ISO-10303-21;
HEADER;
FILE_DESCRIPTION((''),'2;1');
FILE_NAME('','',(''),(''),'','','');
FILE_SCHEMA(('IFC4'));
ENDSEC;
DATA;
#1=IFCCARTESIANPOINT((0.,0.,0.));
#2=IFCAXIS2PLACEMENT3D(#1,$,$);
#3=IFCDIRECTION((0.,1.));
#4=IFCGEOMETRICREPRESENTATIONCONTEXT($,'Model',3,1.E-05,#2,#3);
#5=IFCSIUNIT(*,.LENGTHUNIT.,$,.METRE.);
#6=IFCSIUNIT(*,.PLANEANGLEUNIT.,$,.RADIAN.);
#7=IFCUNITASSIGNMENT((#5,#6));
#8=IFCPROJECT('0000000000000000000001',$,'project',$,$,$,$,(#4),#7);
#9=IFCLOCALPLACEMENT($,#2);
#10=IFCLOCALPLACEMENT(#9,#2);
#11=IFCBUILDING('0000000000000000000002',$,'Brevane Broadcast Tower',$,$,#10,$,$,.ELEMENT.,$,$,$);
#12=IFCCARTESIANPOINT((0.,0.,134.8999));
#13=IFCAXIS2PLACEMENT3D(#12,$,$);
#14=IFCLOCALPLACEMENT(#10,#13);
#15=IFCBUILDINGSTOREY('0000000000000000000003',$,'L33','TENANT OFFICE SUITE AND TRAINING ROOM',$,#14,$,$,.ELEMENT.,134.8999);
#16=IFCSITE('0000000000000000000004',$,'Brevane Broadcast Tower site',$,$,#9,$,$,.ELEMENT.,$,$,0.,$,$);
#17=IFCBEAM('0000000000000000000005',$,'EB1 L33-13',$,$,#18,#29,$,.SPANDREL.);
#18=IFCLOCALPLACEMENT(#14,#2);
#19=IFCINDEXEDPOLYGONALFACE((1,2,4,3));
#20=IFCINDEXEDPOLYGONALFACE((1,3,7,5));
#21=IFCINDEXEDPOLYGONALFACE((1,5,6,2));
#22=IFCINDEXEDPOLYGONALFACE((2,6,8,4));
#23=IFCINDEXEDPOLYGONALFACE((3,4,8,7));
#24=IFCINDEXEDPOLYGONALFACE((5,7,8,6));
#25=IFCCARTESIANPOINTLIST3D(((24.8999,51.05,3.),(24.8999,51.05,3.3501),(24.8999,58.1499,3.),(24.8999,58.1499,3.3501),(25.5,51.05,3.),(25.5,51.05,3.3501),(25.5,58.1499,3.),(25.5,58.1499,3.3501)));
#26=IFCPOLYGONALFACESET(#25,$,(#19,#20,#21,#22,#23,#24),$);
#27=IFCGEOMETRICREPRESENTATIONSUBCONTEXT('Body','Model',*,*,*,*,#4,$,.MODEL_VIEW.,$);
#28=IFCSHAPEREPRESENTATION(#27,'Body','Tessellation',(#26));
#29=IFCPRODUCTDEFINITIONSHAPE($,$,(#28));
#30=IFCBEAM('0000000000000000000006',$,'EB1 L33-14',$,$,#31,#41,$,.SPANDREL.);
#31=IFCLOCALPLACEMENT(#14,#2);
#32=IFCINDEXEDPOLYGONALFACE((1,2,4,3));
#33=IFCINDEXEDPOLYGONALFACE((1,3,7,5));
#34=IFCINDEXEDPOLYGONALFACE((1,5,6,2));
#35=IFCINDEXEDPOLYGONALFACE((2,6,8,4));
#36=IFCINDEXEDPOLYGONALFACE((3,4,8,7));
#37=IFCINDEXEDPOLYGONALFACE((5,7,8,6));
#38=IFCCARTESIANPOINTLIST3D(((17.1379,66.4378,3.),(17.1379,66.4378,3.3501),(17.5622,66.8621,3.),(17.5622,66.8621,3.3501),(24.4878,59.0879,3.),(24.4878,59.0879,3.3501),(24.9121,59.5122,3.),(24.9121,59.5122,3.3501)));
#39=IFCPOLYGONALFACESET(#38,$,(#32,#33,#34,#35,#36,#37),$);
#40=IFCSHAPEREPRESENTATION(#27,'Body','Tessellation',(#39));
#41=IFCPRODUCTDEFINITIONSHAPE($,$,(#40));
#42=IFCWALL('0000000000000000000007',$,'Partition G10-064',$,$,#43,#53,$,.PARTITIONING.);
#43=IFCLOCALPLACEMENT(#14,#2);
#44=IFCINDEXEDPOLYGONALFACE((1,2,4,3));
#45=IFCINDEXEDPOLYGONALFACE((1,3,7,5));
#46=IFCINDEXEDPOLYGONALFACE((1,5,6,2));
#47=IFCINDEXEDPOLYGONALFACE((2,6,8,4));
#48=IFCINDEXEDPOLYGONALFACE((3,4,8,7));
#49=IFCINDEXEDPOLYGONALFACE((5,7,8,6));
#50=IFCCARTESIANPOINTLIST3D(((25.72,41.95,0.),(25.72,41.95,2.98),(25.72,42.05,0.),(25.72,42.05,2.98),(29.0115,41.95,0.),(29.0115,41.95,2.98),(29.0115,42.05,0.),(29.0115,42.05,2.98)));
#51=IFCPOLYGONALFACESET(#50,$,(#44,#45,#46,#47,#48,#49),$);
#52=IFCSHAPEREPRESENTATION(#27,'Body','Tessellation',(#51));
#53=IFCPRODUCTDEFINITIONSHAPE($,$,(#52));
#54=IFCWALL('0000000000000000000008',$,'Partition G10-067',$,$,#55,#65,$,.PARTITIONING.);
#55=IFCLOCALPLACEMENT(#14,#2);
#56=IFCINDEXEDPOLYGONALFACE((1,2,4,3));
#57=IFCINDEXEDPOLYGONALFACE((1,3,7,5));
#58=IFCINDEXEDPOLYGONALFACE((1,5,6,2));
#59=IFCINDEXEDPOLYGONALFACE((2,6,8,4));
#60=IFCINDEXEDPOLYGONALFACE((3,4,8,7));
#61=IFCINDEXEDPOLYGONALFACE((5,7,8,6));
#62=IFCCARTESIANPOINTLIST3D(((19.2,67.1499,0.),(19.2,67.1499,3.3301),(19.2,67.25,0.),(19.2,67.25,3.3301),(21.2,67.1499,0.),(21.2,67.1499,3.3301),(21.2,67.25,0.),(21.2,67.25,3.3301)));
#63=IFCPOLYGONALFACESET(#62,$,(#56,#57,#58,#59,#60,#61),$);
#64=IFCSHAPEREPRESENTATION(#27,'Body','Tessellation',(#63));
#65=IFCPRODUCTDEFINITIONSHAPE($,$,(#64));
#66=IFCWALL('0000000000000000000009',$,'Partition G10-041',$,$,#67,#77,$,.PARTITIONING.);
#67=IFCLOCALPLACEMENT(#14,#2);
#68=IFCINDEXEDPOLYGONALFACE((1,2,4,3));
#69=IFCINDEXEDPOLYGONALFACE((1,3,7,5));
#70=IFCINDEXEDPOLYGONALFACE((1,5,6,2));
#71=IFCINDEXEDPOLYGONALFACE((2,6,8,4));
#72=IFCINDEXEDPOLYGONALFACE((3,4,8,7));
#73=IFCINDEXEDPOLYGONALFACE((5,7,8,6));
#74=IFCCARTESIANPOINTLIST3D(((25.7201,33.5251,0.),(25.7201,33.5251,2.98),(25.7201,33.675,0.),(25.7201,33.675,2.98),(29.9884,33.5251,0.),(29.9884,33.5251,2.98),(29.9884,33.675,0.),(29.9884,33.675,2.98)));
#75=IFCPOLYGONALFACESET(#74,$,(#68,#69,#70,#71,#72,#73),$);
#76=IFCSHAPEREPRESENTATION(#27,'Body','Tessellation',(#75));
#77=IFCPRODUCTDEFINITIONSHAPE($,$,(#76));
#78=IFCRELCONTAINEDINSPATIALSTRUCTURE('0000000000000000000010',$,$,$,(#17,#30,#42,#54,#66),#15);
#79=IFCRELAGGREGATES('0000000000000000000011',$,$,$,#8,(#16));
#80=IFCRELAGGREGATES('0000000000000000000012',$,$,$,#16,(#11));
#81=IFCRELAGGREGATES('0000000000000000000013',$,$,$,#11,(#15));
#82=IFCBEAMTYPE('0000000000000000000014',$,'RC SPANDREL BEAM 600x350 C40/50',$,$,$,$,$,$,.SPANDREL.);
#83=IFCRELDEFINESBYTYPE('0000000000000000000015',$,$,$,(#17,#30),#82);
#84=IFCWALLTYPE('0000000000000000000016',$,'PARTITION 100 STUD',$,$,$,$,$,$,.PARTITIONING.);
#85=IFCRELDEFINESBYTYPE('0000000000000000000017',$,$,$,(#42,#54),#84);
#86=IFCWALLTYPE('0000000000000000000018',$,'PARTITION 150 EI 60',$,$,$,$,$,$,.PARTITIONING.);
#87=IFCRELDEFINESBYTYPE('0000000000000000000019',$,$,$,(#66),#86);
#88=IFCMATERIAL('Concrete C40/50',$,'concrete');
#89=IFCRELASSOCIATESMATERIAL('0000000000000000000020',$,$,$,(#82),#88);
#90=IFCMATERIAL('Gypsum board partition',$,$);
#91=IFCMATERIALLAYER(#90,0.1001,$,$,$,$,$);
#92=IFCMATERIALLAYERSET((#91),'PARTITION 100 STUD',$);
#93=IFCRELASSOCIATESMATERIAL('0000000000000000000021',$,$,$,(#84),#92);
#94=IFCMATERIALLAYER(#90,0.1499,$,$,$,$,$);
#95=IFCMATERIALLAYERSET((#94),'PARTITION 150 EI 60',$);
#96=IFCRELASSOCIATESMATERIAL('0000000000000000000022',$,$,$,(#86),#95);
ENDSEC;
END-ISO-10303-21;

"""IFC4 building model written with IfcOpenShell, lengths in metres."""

from ifc_helpers import new_model, si_unit, direction, frame, frame_2d, origin, origin_2d, place, context, subcontext, project, spatial, rectangle, extrude, material, layer, layer_set, material_profile, profile_set, type_object, element, save


model = new_model("IFC4")

# Units and contexts
model_context = context("Model", 3, precision=1e-05, world=origin(), true_north=direction((0.0, 1.0)))
body_context = subcontext(model_context, "Body", "Model", "MODEL_VIEW")
ifc_project = project(units=[si_unit("LENGTHUNIT", "METRE"), si_unit("PLANEANGLEUNIT", "RADIAN")], contexts=[model_context])

# Site, building, storey
site_placement = place(None, origin())
site = spatial("IfcSite", under=ifc_project, at=site_placement, Name="Brevane Broadcast Tower site", CompositionType="ELEMENT", RefElevation=0.0)
building_placement = place(site_placement, origin())
building = spatial("IfcBuilding", under=site, at=building_placement, Name="Brevane Broadcast Tower", CompositionType="ELEMENT")
storey_placement = place(building_placement, frame((0.0, 0.0, 134.8999)))
storey = spatial("IfcBuildingStorey", under=building, at=storey_placement, Name="L33", Description="TENANT OFFICE SUITE AND TRAINING ROOM", CompositionType="ELEMENT", Elevation=134.8999)

# Beams
ifc_material_1 = material(Name="Concrete C40/50", Category="concrete")
ifc_material_profile_1 = material_profile(ifc_material_1, rectangle(XDim=0.6001, YDim=0.3501, at=origin_2d()), Name="RC 600x350")
ifc_profile_set_1 = profile_set([ifc_material_profile_1], Name="Concrete C40/50")
beam_type_1 = type_object("IfcBeamType", Name="RC SPANDREL BEAM 600x350 C40/50", PredefinedType="SPANDREL", material=ifc_profile_set_1)
beam_1_placement = place(storey_placement, frame((25.2, 51.05, 3.175), z_axis=(0.0, 1.0, 0.0), x_axis=(-1.0, 0.0, 0.0)))
element("IfcBeam", 1, at=beam_1_placement, inside=storey, type_object=beam_type_1, Name="EB1 L33-13", PredefinedType="SPANDREL", context=body_context, shape_type="SweptSolid", body=[
    extrude(rectangle(XDim=0.6001, YDim=0.3501, at=origin_2d()), origin(), (0.0, 0.0, 1.0), 7.0999),
])
beam_2_placement = place(storey_placement, frame((24.7, 59.3, 3.175), z_axis=(-0.707107, 0.707107, 0.0), x_axis=(-0.707107, -0.707107, 0.0)))
element("IfcBeam", 2, at=beam_2_placement, inside=storey, type_object=beam_type_1, Name="EB1 L33-14", PredefinedType="SPANDREL", context=body_context, shape_type="SweptSolid", body=[
    extrude(rectangle(XDim=0.6001, YDim=0.3501, at=origin_2d()), origin(), (0.0, 0.0, 1.0), 10.3943),
])

# Walls
ifc_material_2 = material(Name="Gypsum board partition")
ifc_layer_1 = layer(ifc_material_2, 0.1001)
ifc_layer_set_1 = layer_set([ifc_layer_1], Name="PARTITION 100 STUD")
wall_type_1 = type_object("IfcWallType", Name="PARTITION 100 STUD", PredefinedType="PARTITIONING", material=ifc_layer_set_1)
wall_1_placement = place(storey_placement, frame((25.72, 42.0, 0.0), z_axis=(0.0, 0.0, 1.0), x_axis=(1.0, 0.0, 0.0)))
element("IfcWall", 3, at=wall_1_placement, inside=storey, type_object=wall_type_1, Name="Partition G10-064", PredefinedType="PARTITIONING", context=body_context, shape_type="SweptSolid", body=[
    extrude(rectangle(XDim=3.2915, YDim=0.1001, at=frame_2d((1.6458, 0.0))), origin(), (0.0, 0.0, 1.0), 2.98),
])
wall_2_placement = place(storey_placement, frame((21.2, 67.2, 0.0), z_axis=(0.0, 0.0, 1.0), x_axis=(-1.0, 0.0, 0.0)))
element("IfcWall", 4, at=wall_2_placement, inside=storey, type_object=wall_type_1, Name="Partition G10-067", PredefinedType="PARTITIONING", context=body_context, shape_type="SweptSolid", body=[
    extrude(rectangle(XDim=2.0, YDim=0.1001, at=frame_2d((1.0, 0.0))), origin(), (0.0, 0.0, 1.0), 3.3301),
])
ifc_layer_2 = layer(ifc_material_2, 0.1499)
ifc_layer_set_2 = layer_set([ifc_layer_2], Name="PARTITION 150 EI 60")
wall_type_2 = type_object("IfcWallType", Name="PARTITION 150 EI 60", PredefinedType="PARTITIONING", material=ifc_layer_set_2)
wall_3_placement = place(storey_placement, frame((25.72, 33.6001, 0.0), z_axis=(0.0, 0.0, 1.0), x_axis=(1.0, 0.0, 0.0)))
element("IfcWall", 5, at=wall_3_placement, inside=storey, type_object=wall_type_2, Name="Partition G10-041", PredefinedType="PARTITIONING", context=body_context, shape_type="SweptSolid", body=[
    extrude(rectangle(XDim=4.2683, YDim=0.1499, at=frame_2d((2.1343, 0.0))), origin(), (0.0, 0.0, 1.0), 2.98),
])

save(model, "model.ifc")
